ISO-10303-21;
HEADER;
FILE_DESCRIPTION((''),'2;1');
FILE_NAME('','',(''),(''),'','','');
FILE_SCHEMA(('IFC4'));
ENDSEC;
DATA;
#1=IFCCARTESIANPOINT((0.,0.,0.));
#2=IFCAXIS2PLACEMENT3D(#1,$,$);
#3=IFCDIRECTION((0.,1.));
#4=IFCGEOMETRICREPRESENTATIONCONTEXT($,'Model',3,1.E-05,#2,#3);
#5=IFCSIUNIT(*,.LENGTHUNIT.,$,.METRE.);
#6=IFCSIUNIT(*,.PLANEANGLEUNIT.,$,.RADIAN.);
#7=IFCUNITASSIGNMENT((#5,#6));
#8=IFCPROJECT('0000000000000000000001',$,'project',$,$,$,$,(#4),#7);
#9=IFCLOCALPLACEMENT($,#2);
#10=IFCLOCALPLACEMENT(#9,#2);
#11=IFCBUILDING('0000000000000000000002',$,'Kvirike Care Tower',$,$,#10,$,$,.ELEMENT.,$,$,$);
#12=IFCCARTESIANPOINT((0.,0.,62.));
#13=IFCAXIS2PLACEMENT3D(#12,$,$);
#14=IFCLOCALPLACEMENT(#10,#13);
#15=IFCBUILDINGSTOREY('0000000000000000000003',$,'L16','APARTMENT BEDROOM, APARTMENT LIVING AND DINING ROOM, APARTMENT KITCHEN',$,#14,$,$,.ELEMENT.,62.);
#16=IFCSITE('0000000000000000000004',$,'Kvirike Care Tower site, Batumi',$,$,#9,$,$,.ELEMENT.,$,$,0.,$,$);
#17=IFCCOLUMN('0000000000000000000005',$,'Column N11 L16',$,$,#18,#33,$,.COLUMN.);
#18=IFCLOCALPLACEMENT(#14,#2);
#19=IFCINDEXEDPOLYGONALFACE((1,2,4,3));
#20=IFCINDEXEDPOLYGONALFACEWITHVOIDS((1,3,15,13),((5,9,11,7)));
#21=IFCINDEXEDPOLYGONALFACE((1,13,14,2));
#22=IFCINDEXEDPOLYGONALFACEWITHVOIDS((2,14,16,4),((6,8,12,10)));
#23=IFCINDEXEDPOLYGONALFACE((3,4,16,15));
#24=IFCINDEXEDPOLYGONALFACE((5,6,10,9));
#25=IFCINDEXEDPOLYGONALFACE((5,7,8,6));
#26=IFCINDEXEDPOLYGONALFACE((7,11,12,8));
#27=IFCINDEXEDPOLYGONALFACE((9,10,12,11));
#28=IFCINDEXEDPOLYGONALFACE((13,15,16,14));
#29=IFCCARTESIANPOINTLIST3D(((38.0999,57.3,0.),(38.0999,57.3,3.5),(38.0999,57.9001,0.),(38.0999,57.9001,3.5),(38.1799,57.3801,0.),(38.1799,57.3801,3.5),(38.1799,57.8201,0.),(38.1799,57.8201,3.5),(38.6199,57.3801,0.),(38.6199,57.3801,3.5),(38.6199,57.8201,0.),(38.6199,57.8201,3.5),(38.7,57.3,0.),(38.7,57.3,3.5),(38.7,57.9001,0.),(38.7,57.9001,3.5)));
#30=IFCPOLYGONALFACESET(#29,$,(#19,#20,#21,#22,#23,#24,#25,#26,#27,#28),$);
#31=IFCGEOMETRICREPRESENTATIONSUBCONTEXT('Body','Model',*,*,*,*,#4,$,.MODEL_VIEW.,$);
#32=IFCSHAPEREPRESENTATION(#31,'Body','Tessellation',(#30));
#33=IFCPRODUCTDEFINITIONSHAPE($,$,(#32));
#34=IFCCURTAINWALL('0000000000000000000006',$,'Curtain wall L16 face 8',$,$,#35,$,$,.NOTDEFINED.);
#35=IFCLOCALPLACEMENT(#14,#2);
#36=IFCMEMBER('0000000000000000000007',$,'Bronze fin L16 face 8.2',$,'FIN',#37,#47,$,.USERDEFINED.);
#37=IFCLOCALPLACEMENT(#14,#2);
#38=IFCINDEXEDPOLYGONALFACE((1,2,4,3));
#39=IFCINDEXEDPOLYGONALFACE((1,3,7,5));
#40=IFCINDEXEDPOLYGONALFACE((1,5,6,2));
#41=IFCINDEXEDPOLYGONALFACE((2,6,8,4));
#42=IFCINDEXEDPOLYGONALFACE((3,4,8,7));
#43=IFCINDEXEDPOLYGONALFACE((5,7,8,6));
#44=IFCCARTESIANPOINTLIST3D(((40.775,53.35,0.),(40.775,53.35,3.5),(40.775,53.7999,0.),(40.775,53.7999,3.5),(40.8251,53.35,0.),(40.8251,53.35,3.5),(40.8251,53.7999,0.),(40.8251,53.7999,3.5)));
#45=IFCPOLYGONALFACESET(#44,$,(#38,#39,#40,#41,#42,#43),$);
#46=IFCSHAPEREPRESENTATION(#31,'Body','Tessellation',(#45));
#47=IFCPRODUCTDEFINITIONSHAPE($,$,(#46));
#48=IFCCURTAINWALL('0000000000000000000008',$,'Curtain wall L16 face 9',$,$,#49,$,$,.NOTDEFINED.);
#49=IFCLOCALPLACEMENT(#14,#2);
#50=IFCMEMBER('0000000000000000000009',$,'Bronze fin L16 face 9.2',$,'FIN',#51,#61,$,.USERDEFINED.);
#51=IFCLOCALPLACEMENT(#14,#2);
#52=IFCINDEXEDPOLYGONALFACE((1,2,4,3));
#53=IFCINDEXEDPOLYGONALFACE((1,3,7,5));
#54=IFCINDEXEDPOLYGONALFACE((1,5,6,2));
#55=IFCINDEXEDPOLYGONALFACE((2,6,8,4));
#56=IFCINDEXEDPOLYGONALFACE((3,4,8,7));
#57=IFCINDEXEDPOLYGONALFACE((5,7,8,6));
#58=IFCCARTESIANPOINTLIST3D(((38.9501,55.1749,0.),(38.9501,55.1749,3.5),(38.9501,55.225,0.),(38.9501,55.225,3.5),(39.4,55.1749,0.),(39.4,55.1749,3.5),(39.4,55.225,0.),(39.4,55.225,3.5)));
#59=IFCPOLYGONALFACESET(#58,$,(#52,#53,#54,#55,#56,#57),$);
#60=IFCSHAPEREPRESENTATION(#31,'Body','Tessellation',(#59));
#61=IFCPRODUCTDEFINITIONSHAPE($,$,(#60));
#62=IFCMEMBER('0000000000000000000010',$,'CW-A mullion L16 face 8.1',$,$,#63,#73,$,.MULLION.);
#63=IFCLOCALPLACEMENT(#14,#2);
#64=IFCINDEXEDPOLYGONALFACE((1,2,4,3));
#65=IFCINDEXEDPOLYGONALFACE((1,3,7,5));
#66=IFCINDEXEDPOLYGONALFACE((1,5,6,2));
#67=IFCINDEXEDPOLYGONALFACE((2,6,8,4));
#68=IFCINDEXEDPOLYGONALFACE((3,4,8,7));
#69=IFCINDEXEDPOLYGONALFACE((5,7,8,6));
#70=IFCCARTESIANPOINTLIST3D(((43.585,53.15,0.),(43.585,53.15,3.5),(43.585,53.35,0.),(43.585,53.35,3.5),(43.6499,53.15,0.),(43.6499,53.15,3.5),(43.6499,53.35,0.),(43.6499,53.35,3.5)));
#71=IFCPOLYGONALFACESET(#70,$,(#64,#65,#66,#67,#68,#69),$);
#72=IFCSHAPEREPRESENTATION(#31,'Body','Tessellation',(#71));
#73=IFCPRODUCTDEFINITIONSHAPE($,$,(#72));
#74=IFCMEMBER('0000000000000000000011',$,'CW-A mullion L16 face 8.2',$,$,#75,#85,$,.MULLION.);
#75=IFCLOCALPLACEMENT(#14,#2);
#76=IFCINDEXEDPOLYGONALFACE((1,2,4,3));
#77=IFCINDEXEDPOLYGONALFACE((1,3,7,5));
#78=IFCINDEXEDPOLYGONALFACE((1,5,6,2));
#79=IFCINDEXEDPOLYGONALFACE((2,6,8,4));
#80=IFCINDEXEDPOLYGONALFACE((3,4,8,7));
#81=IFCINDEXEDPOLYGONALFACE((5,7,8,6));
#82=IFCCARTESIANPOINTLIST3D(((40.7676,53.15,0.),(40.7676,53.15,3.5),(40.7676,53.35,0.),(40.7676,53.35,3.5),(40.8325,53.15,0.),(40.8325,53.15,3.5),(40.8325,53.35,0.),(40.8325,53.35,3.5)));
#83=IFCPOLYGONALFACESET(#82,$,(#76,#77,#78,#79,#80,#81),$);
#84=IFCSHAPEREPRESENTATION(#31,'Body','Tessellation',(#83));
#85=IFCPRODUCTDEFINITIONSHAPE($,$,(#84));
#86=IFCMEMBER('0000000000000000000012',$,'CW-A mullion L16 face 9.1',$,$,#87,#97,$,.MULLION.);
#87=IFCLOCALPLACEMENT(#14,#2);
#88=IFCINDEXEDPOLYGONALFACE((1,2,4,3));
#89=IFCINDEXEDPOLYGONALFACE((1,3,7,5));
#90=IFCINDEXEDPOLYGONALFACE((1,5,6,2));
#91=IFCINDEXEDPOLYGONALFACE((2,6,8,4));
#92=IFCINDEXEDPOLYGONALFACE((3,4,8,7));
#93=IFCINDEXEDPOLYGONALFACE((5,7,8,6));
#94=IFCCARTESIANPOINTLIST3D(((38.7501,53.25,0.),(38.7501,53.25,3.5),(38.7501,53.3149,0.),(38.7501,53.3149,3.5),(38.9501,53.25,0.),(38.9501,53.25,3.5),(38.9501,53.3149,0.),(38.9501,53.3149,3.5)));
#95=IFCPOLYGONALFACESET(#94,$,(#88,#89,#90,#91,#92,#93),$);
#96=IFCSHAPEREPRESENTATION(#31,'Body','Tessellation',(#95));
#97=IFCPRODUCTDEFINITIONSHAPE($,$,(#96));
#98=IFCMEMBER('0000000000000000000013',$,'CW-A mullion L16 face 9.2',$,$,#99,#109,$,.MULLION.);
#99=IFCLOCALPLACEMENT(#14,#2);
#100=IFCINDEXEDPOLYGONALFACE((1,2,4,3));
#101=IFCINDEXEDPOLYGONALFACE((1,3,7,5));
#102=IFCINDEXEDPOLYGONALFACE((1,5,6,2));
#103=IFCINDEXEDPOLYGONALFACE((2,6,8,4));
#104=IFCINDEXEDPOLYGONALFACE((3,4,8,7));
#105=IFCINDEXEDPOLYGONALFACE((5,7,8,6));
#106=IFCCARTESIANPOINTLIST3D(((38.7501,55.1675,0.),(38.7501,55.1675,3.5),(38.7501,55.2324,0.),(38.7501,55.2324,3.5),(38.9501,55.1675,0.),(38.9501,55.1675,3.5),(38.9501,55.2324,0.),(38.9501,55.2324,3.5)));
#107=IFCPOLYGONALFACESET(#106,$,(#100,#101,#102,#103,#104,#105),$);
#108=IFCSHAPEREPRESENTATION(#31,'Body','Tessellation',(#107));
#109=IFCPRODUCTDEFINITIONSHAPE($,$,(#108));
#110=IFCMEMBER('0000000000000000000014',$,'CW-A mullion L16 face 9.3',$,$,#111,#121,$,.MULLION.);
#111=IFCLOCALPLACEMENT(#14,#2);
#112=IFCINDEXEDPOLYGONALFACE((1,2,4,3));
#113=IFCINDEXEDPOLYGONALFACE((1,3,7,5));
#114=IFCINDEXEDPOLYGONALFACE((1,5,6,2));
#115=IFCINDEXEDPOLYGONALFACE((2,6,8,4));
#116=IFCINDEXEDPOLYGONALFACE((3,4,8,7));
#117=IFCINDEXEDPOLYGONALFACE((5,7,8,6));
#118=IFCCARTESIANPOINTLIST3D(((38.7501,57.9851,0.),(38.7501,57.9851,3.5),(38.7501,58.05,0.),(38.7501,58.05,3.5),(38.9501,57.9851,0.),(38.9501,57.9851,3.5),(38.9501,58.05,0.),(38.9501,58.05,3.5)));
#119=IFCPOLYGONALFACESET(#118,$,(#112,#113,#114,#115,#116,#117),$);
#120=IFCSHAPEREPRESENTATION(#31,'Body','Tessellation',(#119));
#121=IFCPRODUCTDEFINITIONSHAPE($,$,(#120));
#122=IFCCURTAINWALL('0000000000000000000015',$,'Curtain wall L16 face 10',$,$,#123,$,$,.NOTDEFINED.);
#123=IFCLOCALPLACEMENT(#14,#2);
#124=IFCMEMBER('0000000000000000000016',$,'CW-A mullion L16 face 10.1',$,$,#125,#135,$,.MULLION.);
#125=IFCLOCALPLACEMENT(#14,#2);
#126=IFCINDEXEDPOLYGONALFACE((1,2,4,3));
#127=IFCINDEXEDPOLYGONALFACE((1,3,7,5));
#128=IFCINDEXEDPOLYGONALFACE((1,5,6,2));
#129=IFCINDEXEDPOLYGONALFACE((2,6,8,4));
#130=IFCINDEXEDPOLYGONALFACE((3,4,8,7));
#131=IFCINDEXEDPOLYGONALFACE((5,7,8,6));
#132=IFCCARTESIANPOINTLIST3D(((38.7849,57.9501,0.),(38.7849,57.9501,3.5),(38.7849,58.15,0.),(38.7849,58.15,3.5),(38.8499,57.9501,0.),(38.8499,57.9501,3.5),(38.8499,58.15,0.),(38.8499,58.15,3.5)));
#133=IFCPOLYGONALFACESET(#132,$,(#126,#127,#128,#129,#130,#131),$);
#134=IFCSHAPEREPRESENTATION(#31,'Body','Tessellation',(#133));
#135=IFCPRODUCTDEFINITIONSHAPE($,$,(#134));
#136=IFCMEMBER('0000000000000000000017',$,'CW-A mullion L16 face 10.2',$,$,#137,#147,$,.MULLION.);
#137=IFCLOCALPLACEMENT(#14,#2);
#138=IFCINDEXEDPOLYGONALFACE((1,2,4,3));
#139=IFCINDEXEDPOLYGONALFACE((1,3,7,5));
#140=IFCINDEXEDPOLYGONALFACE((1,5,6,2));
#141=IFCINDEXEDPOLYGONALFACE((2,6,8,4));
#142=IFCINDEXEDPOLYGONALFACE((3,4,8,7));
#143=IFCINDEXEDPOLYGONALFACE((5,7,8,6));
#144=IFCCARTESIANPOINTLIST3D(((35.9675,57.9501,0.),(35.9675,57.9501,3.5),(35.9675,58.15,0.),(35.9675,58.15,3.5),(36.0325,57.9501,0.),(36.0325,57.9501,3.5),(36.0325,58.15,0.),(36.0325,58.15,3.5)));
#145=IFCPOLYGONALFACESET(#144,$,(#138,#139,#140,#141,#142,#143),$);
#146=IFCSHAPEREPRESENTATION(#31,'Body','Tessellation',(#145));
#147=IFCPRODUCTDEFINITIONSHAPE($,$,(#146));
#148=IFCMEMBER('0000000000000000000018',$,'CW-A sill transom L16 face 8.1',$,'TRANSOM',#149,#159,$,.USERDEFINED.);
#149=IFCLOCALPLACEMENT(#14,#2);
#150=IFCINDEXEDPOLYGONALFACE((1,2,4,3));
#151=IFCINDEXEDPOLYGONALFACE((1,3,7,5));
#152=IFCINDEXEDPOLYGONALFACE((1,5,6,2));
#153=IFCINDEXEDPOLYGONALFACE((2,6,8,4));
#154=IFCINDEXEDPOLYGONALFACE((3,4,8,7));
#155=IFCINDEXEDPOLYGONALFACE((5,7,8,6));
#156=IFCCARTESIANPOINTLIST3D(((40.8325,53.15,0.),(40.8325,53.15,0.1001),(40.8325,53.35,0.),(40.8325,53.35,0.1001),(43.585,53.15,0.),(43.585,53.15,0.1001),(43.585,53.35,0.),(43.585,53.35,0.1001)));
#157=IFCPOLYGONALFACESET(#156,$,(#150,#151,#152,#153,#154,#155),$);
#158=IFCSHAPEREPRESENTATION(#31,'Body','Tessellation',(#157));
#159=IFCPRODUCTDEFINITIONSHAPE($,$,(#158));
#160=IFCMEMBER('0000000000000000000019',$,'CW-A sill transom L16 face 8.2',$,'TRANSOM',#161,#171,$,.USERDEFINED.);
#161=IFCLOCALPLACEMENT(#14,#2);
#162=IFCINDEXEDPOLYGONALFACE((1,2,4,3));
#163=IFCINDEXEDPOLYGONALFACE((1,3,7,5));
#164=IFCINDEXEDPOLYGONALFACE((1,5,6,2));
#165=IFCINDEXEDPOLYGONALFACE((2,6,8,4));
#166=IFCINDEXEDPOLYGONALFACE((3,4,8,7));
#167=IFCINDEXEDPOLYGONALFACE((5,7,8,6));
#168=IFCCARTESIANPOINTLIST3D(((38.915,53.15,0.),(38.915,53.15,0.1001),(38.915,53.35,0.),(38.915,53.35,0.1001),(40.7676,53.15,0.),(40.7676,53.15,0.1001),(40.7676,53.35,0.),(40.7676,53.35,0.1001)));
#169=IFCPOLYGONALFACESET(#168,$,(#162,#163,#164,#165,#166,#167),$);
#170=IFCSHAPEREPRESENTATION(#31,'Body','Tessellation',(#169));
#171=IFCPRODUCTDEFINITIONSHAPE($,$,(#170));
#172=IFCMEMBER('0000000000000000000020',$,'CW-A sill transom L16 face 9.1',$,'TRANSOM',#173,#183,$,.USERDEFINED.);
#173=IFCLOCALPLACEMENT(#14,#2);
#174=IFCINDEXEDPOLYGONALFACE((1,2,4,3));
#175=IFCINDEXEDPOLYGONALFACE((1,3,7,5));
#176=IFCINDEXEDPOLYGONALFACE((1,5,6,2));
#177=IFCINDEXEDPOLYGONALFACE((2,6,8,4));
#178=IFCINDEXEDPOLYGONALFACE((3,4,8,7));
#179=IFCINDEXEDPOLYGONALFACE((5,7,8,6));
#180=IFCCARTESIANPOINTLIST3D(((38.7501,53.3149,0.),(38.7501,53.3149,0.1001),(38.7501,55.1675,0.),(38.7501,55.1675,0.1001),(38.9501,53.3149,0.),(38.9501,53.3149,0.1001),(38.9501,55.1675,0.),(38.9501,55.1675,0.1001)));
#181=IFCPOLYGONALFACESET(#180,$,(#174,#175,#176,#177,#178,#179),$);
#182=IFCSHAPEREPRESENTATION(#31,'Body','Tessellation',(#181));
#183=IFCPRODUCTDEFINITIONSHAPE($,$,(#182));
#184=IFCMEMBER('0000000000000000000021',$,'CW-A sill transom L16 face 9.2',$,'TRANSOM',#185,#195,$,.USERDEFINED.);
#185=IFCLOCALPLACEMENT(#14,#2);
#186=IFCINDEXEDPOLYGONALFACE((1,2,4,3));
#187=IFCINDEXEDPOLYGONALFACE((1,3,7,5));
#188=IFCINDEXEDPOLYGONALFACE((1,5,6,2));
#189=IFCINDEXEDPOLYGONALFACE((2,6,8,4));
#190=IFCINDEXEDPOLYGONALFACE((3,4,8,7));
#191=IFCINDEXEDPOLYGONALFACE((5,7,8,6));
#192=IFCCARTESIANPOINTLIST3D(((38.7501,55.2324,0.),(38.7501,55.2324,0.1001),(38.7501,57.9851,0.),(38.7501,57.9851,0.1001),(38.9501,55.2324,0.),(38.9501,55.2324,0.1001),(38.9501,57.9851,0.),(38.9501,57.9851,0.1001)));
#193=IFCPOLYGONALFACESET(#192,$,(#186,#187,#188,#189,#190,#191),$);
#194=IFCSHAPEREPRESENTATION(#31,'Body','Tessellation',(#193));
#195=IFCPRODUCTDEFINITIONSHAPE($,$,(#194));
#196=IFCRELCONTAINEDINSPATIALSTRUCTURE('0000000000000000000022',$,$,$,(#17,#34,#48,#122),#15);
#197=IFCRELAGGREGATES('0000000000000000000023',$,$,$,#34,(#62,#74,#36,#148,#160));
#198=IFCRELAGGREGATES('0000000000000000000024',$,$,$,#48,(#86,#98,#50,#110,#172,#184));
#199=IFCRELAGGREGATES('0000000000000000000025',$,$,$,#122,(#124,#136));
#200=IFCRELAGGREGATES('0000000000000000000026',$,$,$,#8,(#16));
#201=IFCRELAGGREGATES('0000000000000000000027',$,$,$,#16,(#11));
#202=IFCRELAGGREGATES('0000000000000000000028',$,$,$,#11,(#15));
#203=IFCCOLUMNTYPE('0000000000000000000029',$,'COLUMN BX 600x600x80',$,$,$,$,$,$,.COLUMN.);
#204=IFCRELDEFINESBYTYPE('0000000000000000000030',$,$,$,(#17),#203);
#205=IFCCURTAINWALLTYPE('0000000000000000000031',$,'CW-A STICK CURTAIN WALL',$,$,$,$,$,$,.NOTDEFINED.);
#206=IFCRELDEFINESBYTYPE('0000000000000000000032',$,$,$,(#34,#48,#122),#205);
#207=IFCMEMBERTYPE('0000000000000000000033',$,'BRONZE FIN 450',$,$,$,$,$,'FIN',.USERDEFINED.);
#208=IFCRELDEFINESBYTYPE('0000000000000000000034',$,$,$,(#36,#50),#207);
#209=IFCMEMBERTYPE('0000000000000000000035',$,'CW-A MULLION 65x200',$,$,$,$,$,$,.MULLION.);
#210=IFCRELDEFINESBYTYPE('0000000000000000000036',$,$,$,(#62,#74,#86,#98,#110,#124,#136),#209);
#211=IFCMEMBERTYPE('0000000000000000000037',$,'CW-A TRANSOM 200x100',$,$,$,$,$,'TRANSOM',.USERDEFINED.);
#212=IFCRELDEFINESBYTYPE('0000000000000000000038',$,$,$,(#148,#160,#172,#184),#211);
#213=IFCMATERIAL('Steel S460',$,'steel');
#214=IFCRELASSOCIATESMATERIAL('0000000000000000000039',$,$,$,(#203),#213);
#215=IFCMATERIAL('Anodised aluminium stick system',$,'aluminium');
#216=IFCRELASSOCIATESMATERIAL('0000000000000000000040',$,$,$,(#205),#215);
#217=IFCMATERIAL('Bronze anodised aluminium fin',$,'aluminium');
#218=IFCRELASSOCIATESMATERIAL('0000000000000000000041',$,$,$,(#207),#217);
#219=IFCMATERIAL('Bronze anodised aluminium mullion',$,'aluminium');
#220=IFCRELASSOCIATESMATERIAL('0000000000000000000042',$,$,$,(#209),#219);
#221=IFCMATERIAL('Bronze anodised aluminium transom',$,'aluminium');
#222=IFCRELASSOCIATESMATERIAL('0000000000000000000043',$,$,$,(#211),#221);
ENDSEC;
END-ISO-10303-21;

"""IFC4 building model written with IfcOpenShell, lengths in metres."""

from ifc_helpers import new_model, si_unit, direction, frame, origin, origin_2d, place, context, subcontext, project, spatial, rectangle, hollow_rectangle, extrude, material, material_profile, profile_set, type_object, element, aggregate, save


model = new_model("IFC4")

# Units and contexts
model_context = context("Model", 3, precision=1e-05, world=origin(), true_north=direction((0.0, 1.0)))
body_context = subcontext(model_context, "Body", "Model", "MODEL_VIEW")
ifc_project = project(units=[si_unit("LENGTHUNIT", "METRE"), si_unit("PLANEANGLEUNIT", "RADIAN")], contexts=[model_context])

# Site, building, storey
site_placement = place(None, origin())
site = spatial("IfcSite", under=ifc_project, at=site_placement, Name="Kvirike Care Tower site, Batumi", CompositionType="ELEMENT", RefElevation=0.0)
building_placement = place(site_placement, origin())
building = spatial("IfcBuilding", under=site, at=building_placement, Name="Kvirike Care Tower", CompositionType="ELEMENT")
storey_placement = place(building_placement, frame((0.0, 0.0, 62.0)))
storey = spatial("IfcBuildingStorey", under=building, at=storey_placement, Name="L16", Description="APARTMENT BEDROOM, APARTMENT LIVING AND DINING ROOM, APARTMENT KITCHEN", CompositionType="ELEMENT", Elevation=62.0)

# Column
ifc_material_1 = material(Name="Steel S460", Category="steel")
ifc_material_profile_1 = material_profile(ifc_material_1, hollow_rectangle(XDim=0.6001, YDim=0.6001, WallThickness=0.0801, at=origin_2d()), Name="BX 600x600x80")
ifc_profile_set_1 = profile_set([ifc_material_profile_1], Name="Steel S460")
column_type = type_object("IfcColumnType", Name="COLUMN BX 600x600x80", PredefinedType="COLUMN", material=ifc_profile_set_1)
column_placement = place(storey_placement, frame((38.3999, 57.6001, 0.0), z_axis=(0.0, 0.0, 1.0), x_axis=(0.0, 1.0, 0.0)))
element("IfcColumn", 1, at=column_placement, inside=storey, type_object=column_type, Name="Column N11 L16", PredefinedType="COLUMN", context=body_context, shape_type="SweptSolid", body=[
    extrude(hollow_rectangle(XDim=0.6001, YDim=0.6001, WallThickness=0.0801, at=origin_2d()), origin(), (0.0, 0.0, 1.0), 3.5),
])

# Curtain walls, members
ifc_material_2 = material(Name="Anodised aluminium stick system", Category="aluminium")
curtain_wall_type = type_object("IfcCurtainWallType", Name="CW-A STICK CURTAIN WALL", PredefinedType="NOTDEFINED", material=ifc_material_2)
curtain_wall_1_placement = place(storey_placement, origin())
curtain_wall_1 = element("IfcCurtainWall", 2, at=curtain_wall_1_placement, inside=storey, type_object=curtain_wall_type, Name="Curtain wall L16 face 8", PredefinedType="NOTDEFINED")
ifc_material_3 = material(Name="Bronze anodised aluminium fin", Category="aluminium")
ifc_material_profile_2 = material_profile(ifc_material_3, rectangle(XDim=0.05, YDim=0.45, at=origin_2d()), Name="BRONZE FIN 450")
ifc_profile_set_2 = profile_set([ifc_material_profile_2], Name="Bronze anodised aluminium fin")
member_type_1 = type_object("IfcMemberType", Name="BRONZE FIN 450", ElementType="FIN", PredefinedType="USERDEFINED", material=ifc_profile_set_2)
member_1_placement = place(storey_placement, frame((40.8, 53.575, 0.0), z_axis=(0.0, 0.0, 1.0), x_axis=(-1.0, 0.0, 0.0)))
member_1 = element("IfcMember", 3, at=member_1_placement, type_object=member_type_1, Name="Bronze fin L16 face 8.2", ObjectType="FIN", PredefinedType="USERDEFINED", context=body_context, shape_type="SweptSolid", body=[
    extrude(rectangle(XDim=0.05, YDim=0.45, at=origin_2d()), origin(), (0.0, 0.0, 1.0), 3.5),
])
curtain_wall_2_placement = place(storey_placement, origin())
curtain_wall_2 = element("IfcCurtainWall", 4, at=curtain_wall_2_placement, inside=storey, type_object=curtain_wall_type, Name="Curtain wall L16 face 9", PredefinedType="NOTDEFINED")
member_2_placement = place(storey_placement, frame((39.175, 55.2, 0.0), z_axis=(0.0, 0.0, 1.0), x_axis=(0.0, 1.0, 0.0)))
member_2 = element("IfcMember", 5, at=member_2_placement, type_object=member_type_1, Name="Bronze fin L16 face 9.2", ObjectType="FIN", PredefinedType="USERDEFINED", context=body_context, shape_type="SweptSolid", body=[
    extrude(rectangle(XDim=0.05, YDim=0.45, at=origin_2d()), origin(), (0.0, 0.0, 1.0), 3.5),
])

# Members
ifc_material_4 = material(Name="Bronze anodised aluminium mullion", Category="aluminium")
ifc_material_profile_3 = material_profile(ifc_material_4, rectangle(XDim=0.0649, YDim=0.2, at=origin_2d()), Name="CW-A MULLION 65x200")
ifc_profile_set_3 = profile_set([ifc_material_profile_3], Name="Bronze anodised aluminium mullion")
member_type_2 = type_object("IfcMemberType", Name="CW-A MULLION 65x200", PredefinedType="MULLION", material=ifc_profile_set_3)
member_3_placement = place(storey_placement, frame((43.6174, 53.25, 0.0), z_axis=(0.0, 0.0, 1.0), x_axis=(-1.0, 0.0, 0.0)))
member_3 = element("IfcMember", 6, at=member_3_placement, type_object=member_type_2, Name="CW-A mullion L16 face 8.1", PredefinedType="MULLION", context=body_context, shape_type="SweptSolid", body=[
    extrude(rectangle(XDim=0.0649, YDim=0.2, at=origin_2d()), origin(), (0.0, 0.0, 1.0), 3.5),
])
member_4_placement = place(storey_placement, frame((40.8, 53.25, 0.0), z_axis=(0.0, 0.0, 1.0), x_axis=(-1.0, 0.0, 0.0)))
member_4 = element("IfcMember", 7, at=member_4_placement, type_object=member_type_2, Name="CW-A mullion L16 face 8.2", PredefinedType="MULLION", context=body_context, shape_type="SweptSolid", body=[
    extrude(rectangle(XDim=0.0649, YDim=0.2, at=origin_2d()), origin(), (0.0, 0.0, 1.0), 3.5),
])
member_5_placement = place(storey_placement, frame((38.8501, 53.2825, 0.0), z_axis=(0.0, 0.0, 1.0), x_axis=(0.0, 1.0, 0.0)))
member_5 = element("IfcMember", 8, at=member_5_placement, type_object=member_type_2, Name="CW-A mullion L16 face 9.1", PredefinedType="MULLION", context=body_context, shape_type="SweptSolid", body=[
    extrude(rectangle(XDim=0.0649, YDim=0.2, at=origin_2d()), origin(), (0.0, 0.0, 1.0), 3.5),
])
member_6_placement = place(storey_placement, frame((38.8501, 55.2, 0.0), z_axis=(0.0, 0.0, 1.0), x_axis=(0.0, 1.0, 0.0)))
member_6 = element("IfcMember", 9, at=member_6_placement, type_object=member_type_2, Name="CW-A mullion L16 face 9.2", PredefinedType="MULLION", context=body_context, shape_type="SweptSolid", body=[
    extrude(rectangle(XDim=0.0649, YDim=0.2, at=origin_2d()), origin(), (0.0, 0.0, 1.0), 3.5),
])
member_7_placement = place(storey_placement, frame((38.8501, 58.0176, 0.0), z_axis=(0.0, 0.0, 1.0), x_axis=(0.0, 1.0, 0.0)))
member_7 = element("IfcMember", 10, at=member_7_placement, type_object=member_type_2, Name="CW-A mullion L16 face 9.3", PredefinedType="MULLION", context=body_context, shape_type="SweptSolid", body=[
    extrude(rectangle(XDim=0.0649, YDim=0.2, at=origin_2d()), origin(), (0.0, 0.0, 1.0), 3.5),
])

# Curtain wall, members
curtain_wall_3_placement = place(storey_placement, origin())
curtain_wall_3 = element("IfcCurtainWall", 11, at=curtain_wall_3_placement, inside=storey, type_object=curtain_wall_type, Name="Curtain wall L16 face 10", PredefinedType="NOTDEFINED")
member_8_placement = place(storey_placement, frame((38.8174, 58.05, 0.0), z_axis=(0.0, 0.0, 1.0), x_axis=(-1.0, 0.0, 0.0)))
member_8 = element("IfcMember", 12, at=member_8_placement, type_object=member_type_2, Name="CW-A mullion L16 face 10.1", PredefinedType="MULLION", context=body_context, shape_type="SweptSolid", body=[
    extrude(rectangle(XDim=0.0649, YDim=0.2, at=origin_2d()), origin(), (0.0, 0.0, 1.0), 3.5),
])
member_9_placement = place(storey_placement, frame((36.0, 58.05, 0.0), z_axis=(0.0, 0.0, 1.0), x_axis=(-1.0, 0.0, 0.0)))
member_9 = element("IfcMember", 13, at=member_9_placement, type_object=member_type_2, Name="CW-A mullion L16 face 10.2", PredefinedType="MULLION", context=body_context, shape_type="SweptSolid", body=[
    extrude(rectangle(XDim=0.0649, YDim=0.2, at=origin_2d()), origin(), (0.0, 0.0, 1.0), 3.5),
])

# Members
ifc_material_5 = material(Name="Bronze anodised aluminium transom", Category="aluminium")
ifc_material_profile_4 = material_profile(ifc_material_5, rectangle(XDim=0.2, YDim=0.1001, at=origin_2d()), Name="CW-A TRANSOM 200x100")
ifc_profile_set_4 = profile_set([ifc_material_profile_4], Name="Bronze anodised aluminium transom")
member_type_3 = type_object("IfcMemberType", Name="CW-A TRANSOM 200x100", ElementType="TRANSOM", PredefinedType="USERDEFINED", material=ifc_profile_set_4)
member_10_placement = place(storey_placement, frame((43.585, 53.25, 0.05), z_axis=(-1.0, 0.0, 0.0), x_axis=(0.0, -1.0, 0.0)))
member_10 = element("IfcMember", 14, at=member_10_placement, type_object=member_type_3, Name="CW-A sill transom L16 face 8.1", ObjectType="TRANSOM", PredefinedType="USERDEFINED", context=body_context, shape_type="SweptSolid", body=[
    extrude(rectangle(XDim=0.2, YDim=0.1001, at=origin_2d()), origin(), (0.0, 0.0, 1.0), 2.7524),
])
member_11_placement = place(storey_placement, frame((40.7676, 53.25, 0.05), z_axis=(-1.0, 0.0, 0.0), x_axis=(0.0, -1.0, 0.0)))
member_11 = element("IfcMember", 15, at=member_11_placement, type_object=member_type_3, Name="CW-A sill transom L16 face 8.2", ObjectType="TRANSOM", PredefinedType="USERDEFINED", context=body_context, shape_type="SweptSolid", body=[
    extrude(rectangle(XDim=0.2, YDim=0.1001, at=origin_2d()), origin(), (0.0, 0.0, 1.0), 1.8525),
])
member_12_placement = place(storey_placement, frame((38.8501, 53.3149, 0.05), z_axis=(0.0, 1.0, 0.0), x_axis=(-1.0, 0.0, 0.0)))
member_12 = element("IfcMember", 16, at=member_12_placement, type_object=member_type_3, Name="CW-A sill transom L16 face 9.1", ObjectType="TRANSOM", PredefinedType="USERDEFINED", context=body_context, shape_type="SweptSolid", body=[
    extrude(rectangle(XDim=0.2, YDim=0.1001, at=origin_2d()), origin(), (0.0, 0.0, 1.0), 1.8525),
])
member_13_placement = place(storey_placement, frame((38.8501, 55.2324, 0.05), z_axis=(0.0, 1.0, 0.0), x_axis=(-1.0, 0.0, 0.0)))
member_13 = element("IfcMember", 17, at=member_13_placement, type_object=member_type_3, Name="CW-A sill transom L16 face 9.2", ObjectType="TRANSOM", PredefinedType="USERDEFINED", context=body_context, shape_type="SweptSolid", body=[
    extrude(rectangle(XDim=0.2, YDim=0.1001, at=origin_2d()), origin(), (0.0, 0.0, 1.0), 2.7527),
])

aggregate(curtain_wall_1, [member_3, member_4, member_1, member_10, member_11])
aggregate(curtain_wall_2, [member_5, member_6, member_2, member_7, member_12, member_13])
aggregate(curtain_wall_3, [member_8, member_9])

save(model, "model.ifc")
